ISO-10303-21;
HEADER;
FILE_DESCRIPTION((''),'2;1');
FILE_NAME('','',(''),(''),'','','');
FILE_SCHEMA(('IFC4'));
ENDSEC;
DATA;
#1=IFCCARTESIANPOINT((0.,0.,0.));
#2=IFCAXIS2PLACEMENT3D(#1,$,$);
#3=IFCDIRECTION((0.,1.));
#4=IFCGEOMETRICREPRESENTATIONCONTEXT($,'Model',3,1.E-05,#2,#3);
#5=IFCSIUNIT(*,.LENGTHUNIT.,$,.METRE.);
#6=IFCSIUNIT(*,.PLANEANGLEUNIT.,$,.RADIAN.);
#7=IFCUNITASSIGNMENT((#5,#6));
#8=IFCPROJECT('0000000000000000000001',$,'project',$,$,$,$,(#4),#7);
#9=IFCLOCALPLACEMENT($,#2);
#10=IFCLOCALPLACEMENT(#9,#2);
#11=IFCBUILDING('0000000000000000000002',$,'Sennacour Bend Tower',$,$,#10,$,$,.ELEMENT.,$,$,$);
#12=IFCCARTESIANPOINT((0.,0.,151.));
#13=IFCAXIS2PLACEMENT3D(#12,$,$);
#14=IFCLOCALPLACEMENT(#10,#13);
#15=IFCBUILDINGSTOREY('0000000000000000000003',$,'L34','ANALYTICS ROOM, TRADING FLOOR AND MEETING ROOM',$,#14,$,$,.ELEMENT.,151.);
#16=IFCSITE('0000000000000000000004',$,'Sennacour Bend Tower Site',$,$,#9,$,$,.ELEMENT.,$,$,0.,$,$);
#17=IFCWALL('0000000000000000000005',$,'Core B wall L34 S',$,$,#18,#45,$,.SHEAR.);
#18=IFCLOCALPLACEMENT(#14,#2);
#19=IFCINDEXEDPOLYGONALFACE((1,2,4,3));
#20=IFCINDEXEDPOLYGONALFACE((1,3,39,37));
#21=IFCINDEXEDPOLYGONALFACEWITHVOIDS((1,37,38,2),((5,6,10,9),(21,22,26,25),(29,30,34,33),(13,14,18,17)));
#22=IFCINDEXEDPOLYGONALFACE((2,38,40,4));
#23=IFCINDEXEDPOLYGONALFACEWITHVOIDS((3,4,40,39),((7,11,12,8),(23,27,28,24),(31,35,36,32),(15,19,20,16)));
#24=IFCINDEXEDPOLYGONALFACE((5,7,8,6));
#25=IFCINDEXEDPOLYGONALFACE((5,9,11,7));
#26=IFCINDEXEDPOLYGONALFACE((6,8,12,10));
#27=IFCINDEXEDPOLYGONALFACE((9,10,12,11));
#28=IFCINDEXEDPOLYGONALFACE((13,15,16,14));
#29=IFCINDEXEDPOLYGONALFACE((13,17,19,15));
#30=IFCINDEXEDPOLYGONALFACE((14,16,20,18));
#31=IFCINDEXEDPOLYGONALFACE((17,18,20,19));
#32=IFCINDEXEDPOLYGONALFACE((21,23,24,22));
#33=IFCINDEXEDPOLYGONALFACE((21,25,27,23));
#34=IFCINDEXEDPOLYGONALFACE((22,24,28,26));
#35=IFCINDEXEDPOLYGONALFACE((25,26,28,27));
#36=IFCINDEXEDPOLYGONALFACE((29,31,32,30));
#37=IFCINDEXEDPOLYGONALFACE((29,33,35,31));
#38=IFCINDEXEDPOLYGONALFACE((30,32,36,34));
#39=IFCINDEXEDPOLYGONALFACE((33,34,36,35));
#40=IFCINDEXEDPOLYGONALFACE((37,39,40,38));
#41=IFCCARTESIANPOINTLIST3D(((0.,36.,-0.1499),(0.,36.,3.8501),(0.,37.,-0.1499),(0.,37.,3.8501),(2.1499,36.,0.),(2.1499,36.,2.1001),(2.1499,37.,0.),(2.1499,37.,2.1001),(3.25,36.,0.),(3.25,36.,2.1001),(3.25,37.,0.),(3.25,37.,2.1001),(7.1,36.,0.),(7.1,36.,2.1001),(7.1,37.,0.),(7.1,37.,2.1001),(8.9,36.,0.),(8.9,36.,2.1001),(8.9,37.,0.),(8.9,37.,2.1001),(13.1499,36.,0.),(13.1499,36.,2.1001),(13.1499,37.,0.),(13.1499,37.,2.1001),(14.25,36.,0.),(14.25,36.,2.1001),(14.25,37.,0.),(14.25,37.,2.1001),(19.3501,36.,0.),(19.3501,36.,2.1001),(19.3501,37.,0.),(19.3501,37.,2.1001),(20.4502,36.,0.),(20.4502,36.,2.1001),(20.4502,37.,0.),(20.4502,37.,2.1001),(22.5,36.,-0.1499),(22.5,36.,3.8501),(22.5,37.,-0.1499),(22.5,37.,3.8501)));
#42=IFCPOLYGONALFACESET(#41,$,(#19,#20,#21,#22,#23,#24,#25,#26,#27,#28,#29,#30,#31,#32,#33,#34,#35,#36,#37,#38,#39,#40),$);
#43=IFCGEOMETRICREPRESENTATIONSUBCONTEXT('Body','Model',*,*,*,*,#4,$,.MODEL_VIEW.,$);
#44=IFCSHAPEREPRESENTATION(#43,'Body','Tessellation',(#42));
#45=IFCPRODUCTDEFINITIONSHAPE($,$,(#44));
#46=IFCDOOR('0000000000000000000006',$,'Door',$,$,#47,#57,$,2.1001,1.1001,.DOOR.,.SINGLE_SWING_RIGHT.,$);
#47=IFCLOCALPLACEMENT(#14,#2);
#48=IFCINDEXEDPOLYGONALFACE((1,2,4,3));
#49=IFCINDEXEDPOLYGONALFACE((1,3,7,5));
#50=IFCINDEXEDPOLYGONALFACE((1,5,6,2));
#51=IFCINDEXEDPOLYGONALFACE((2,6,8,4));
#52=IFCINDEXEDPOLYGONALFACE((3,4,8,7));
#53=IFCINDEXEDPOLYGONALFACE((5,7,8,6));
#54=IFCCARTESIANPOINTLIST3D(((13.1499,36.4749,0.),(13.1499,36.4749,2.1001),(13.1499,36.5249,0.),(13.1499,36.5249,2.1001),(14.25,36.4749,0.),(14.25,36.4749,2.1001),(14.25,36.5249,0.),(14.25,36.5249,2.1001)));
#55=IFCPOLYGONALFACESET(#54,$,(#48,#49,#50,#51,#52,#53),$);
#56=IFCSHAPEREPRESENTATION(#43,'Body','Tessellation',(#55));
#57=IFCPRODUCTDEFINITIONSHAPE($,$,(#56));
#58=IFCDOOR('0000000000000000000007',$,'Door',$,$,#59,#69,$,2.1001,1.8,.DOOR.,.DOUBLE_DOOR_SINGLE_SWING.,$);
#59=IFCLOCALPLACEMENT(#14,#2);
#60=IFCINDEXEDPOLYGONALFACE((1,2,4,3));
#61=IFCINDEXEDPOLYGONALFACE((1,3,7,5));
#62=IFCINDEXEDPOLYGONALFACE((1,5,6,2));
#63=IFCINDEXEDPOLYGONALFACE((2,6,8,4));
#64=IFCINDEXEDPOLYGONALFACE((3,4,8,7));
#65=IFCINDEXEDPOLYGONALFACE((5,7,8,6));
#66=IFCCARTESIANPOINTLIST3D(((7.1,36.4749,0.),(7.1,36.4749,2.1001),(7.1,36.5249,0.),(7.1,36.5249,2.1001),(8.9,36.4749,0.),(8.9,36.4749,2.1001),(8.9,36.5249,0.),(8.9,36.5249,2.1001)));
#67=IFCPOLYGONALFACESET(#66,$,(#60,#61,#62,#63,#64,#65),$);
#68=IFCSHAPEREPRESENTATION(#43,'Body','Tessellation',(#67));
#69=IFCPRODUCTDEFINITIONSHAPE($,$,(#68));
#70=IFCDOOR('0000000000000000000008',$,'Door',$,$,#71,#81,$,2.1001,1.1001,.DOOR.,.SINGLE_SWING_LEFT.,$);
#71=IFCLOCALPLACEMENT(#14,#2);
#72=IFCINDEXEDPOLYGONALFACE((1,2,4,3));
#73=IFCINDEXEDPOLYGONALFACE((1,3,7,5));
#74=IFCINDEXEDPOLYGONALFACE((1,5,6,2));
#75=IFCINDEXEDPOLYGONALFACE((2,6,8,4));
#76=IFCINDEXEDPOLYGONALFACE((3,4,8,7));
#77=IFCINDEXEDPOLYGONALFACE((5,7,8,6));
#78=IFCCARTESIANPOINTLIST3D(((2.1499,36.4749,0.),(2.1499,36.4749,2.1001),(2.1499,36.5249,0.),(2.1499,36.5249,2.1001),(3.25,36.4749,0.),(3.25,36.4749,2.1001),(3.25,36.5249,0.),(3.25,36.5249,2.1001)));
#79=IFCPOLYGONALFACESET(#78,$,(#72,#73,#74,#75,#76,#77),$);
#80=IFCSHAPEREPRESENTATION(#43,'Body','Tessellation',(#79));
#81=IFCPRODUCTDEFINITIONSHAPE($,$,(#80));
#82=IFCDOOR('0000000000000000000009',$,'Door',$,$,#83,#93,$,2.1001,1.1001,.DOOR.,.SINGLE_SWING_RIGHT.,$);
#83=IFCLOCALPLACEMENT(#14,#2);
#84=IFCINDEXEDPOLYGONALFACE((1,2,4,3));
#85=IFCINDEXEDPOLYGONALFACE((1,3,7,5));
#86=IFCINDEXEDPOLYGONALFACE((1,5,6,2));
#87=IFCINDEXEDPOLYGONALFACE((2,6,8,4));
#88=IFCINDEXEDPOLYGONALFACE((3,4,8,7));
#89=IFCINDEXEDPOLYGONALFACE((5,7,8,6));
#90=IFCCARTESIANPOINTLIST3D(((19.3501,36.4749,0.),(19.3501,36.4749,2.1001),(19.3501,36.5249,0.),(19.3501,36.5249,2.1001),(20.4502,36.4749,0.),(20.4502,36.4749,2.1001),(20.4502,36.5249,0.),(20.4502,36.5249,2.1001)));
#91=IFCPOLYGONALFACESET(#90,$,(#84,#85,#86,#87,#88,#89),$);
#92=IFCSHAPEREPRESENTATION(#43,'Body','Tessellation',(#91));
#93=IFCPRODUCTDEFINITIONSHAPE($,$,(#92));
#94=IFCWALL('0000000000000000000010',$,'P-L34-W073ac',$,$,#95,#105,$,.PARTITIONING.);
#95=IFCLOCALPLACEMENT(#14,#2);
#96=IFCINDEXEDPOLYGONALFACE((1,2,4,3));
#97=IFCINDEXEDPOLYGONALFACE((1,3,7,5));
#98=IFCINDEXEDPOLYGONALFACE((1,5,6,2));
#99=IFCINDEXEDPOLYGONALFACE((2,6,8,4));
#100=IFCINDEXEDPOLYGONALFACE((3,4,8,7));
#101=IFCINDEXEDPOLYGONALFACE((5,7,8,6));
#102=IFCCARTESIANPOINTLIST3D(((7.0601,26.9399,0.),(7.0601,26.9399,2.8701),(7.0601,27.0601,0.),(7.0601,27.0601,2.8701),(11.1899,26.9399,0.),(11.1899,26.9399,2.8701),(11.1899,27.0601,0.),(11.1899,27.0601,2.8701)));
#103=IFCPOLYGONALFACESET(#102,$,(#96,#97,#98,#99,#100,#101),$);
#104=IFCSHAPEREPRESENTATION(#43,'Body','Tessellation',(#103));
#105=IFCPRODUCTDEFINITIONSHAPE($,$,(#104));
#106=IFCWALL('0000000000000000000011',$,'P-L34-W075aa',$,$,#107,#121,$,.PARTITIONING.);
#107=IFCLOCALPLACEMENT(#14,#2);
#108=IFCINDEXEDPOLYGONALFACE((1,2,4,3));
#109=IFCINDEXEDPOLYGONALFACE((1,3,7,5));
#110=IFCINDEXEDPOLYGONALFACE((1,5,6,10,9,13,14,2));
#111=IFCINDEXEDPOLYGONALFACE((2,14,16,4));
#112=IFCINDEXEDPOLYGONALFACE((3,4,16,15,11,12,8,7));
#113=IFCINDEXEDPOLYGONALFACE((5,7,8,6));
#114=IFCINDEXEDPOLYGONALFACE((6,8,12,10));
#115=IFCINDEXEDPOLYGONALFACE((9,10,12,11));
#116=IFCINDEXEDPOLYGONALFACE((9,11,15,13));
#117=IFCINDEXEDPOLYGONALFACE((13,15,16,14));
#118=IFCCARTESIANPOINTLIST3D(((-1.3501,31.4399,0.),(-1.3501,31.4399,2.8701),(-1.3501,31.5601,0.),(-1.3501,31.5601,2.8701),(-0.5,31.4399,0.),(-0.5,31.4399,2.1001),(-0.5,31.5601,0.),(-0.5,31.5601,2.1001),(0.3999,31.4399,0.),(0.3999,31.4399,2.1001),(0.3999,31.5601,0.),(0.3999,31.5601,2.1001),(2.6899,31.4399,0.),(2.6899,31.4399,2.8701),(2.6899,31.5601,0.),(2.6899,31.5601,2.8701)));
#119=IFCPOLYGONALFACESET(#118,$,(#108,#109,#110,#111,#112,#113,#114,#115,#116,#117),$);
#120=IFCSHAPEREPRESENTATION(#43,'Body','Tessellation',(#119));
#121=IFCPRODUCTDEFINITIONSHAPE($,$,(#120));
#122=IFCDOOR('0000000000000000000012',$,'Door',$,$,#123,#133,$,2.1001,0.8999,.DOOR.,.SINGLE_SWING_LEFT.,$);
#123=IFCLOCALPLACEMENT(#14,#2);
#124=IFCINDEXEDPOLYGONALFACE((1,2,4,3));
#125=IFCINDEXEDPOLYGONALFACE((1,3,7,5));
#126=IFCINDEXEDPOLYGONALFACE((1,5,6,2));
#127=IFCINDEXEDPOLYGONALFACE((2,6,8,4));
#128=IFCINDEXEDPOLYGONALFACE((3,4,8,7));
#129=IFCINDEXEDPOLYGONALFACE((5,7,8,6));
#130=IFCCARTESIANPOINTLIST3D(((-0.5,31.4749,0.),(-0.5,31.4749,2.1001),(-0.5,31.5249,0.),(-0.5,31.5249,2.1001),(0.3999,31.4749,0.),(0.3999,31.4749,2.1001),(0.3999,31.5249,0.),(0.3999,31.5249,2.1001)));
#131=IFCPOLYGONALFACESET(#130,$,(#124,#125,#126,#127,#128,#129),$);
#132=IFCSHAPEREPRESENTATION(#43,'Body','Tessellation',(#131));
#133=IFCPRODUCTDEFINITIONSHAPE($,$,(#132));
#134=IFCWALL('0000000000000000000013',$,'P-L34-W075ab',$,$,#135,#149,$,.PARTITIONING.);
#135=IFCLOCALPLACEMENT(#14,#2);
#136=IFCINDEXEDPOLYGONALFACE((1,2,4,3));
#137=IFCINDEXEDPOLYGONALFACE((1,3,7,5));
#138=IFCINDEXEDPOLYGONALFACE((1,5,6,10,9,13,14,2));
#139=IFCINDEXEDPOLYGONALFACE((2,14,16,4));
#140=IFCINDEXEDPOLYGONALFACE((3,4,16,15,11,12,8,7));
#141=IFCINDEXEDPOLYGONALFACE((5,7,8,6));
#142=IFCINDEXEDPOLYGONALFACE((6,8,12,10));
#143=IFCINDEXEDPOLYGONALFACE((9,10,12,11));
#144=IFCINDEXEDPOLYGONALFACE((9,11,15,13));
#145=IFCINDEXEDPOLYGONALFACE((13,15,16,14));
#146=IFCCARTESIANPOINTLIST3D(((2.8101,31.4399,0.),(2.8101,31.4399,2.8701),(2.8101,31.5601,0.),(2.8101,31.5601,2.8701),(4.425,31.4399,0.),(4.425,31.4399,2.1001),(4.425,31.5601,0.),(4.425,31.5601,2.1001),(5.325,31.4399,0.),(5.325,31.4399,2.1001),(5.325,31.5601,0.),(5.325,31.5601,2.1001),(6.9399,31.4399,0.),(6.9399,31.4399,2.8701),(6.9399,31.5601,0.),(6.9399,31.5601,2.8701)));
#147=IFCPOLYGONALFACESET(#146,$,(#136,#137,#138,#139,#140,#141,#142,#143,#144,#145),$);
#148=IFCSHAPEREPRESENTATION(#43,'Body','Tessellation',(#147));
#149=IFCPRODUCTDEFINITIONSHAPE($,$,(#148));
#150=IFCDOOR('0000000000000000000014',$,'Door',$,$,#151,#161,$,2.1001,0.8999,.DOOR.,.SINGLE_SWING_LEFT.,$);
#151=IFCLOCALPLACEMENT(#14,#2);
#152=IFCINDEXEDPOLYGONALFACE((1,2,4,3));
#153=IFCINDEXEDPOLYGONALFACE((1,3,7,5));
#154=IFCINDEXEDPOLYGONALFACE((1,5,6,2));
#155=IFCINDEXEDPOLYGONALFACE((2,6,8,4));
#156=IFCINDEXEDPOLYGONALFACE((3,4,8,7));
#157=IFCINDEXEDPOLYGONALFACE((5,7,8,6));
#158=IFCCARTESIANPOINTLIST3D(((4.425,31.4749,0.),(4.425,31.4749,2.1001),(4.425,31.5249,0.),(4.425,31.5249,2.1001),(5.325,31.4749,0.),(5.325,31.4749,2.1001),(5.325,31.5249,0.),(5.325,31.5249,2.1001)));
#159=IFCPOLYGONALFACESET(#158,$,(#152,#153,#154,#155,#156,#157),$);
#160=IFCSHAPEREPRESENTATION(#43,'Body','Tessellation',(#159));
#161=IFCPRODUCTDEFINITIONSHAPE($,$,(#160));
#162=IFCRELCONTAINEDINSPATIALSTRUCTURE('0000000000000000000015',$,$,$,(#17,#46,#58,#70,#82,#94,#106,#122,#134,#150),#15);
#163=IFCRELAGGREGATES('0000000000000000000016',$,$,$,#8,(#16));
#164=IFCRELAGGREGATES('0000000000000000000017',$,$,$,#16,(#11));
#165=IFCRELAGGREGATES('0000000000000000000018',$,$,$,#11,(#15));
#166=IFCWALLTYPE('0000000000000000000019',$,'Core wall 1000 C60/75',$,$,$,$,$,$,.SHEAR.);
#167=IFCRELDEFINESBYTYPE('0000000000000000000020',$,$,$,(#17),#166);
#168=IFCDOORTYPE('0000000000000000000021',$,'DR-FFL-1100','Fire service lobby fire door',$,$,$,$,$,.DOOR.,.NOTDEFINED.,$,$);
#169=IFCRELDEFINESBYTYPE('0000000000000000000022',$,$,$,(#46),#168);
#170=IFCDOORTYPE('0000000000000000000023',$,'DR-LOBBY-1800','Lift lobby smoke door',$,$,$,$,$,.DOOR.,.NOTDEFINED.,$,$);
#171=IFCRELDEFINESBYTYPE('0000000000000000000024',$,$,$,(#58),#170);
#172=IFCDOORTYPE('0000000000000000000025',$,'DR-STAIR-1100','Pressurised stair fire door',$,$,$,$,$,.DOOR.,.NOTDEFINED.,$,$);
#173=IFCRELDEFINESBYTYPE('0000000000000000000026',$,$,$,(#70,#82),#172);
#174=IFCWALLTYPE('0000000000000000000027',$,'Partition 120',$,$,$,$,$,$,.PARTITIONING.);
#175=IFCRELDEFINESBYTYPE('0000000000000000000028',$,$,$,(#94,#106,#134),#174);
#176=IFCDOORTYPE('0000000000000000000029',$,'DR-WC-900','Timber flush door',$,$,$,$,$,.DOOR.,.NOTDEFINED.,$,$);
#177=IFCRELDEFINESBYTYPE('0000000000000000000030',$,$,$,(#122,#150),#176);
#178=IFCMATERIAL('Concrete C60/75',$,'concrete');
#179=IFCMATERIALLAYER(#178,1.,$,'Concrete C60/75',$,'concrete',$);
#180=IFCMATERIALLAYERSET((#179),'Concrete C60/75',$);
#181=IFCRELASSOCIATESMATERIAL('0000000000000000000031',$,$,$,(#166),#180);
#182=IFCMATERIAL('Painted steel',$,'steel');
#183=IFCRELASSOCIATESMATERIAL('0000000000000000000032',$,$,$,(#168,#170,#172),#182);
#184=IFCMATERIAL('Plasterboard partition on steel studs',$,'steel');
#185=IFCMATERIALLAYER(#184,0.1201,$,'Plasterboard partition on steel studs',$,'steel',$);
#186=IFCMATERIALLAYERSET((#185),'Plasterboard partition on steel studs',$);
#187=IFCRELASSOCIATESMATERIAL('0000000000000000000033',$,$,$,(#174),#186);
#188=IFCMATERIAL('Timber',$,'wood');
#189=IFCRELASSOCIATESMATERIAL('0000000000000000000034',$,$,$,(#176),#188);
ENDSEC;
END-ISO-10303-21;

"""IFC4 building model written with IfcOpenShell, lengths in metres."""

from ifc_helpers import new_model, si_unit, direction, frame, frame_2d, origin, place, context, subcontext, project, spatial, rectangle, extrude, material, layer, layer_set, type_object, element, fill, save


model = new_model("IFC4")

# Units and contexts
model_context = context("Model", 3, precision=1e-05, world=origin(), true_north=direction((0.0, 1.0)))
body_context = subcontext(model_context, "Body", "Model", "MODEL_VIEW")
ifc_project = project(units=[si_unit("LENGTHUNIT", "METRE"), si_unit("PLANEANGLEUNIT", "RADIAN")], contexts=[model_context])

# Site, building, storey
site_placement = place(None, origin())
site = spatial("IfcSite", under=ifc_project, at=site_placement, Name="Sennacour Bend Tower Site", CompositionType="ELEMENT", RefElevation=0.0)
building_placement = place(site_placement, origin())
building = spatial("IfcBuilding", under=site, at=building_placement, Name="Sennacour Bend Tower", CompositionType="ELEMENT")
storey_placement = place(building_placement, frame((0.0, 0.0, 151.0)))
storey = spatial("IfcBuildingStorey", under=building, at=storey_placement, Name="L34", Description="ANALYTICS ROOM, TRADING FLOOR AND MEETING ROOM", CompositionType="ELEMENT", Elevation=151.0)

# Wall, openings, doors
ifc_material_1 = material(Name="Concrete C60/75", Category="concrete")
ifc_layer_1 = layer(ifc_material_1, 1.0, Name="Concrete C60/75", Category="concrete")
ifc_layer_set_1 = layer_set([ifc_layer_1], Name="Concrete C60/75")
wall_type_1 = type_object("IfcWallType", Name="Core wall 1000 C60/75", PredefinedType="SHEAR", material=ifc_layer_set_1)
wall_1_placement = place(storey_placement, frame((0.0, 36.5, -0.1499), z_axis=(0.0, 0.0, 1.0), x_axis=(1.0, 0.0, 0.0)))
wall_1 = element("IfcWall", 1, at=wall_1_placement, inside=storey, type_object=wall_type_1, Name="Core B wall L34 S", PredefinedType="SHEAR", context=body_context, shape_type="SweptSolid", body=[
    extrude(rectangle(XDim=22.5, YDim=1.0, at=frame_2d((11.25, 0.0))), origin(), (0.0, 0.0, 1.0), 4.0),
])
opening_1_placement = place(wall_1_placement, frame((7.1001, 0.0, 0.1499)))
opening_1 = element("IfcOpeningElement", 2, at=opening_1_placement, cuts=wall_1, PredefinedType="OPENING", context=body_context, shape_type="SweptSolid", body=[
    extrude(rectangle(XDim=1.8, YDim=2.1001, at=frame_2d((0.8999, 1.05))), frame((0.0, 0.51, 0.0), z_axis=(0.0, -1.0, 0.0), x_axis=(1.0, 0.0, 0.0)), (0.0, 0.0, 1.0), 1.02),
])
opening_2_placement = place(wall_1_placement, frame((13.1499, 0.0, 0.1499)))
opening_2 = element("IfcOpeningElement", 3, at=opening_2_placement, cuts=wall_1, PredefinedType="OPENING", context=body_context, shape_type="SweptSolid", body=[
    extrude(rectangle(XDim=1.1001, YDim=2.1001, at=frame_2d((0.55, 1.05))), frame((0.0, 0.51, 0.0), z_axis=(0.0, -1.0, 0.0), x_axis=(1.0, 0.0, 0.0)), (0.0, 0.0, 1.0), 1.02),
])
opening_3_placement = place(wall_1_placement, frame((2.1499, 0.0, 0.1499)))
opening_3 = element("IfcOpeningElement", 4, at=opening_3_placement, cuts=wall_1, PredefinedType="OPENING", context=body_context, shape_type="SweptSolid", body=[
    extrude(rectangle(XDim=1.1001, YDim=2.1001, at=frame_2d((0.55, 1.05))), frame((0.0, 0.51, 0.0), z_axis=(0.0, -1.0, 0.0), x_axis=(1.0, 0.0, 0.0)), (0.0, 0.0, 1.0), 1.02),
])
opening_4_placement = place(wall_1_placement, frame((19.3501, 0.0, 0.1499)))
opening_4 = element("IfcOpeningElement", 5, at=opening_4_placement, cuts=wall_1, PredefinedType="OPENING", context=body_context, shape_type="SweptSolid", body=[
    extrude(rectangle(XDim=1.1001, YDim=2.1001, at=frame_2d((0.55, 1.05))), frame((0.0, 0.51, 0.0), z_axis=(0.0, -1.0, 0.0), x_axis=(1.0, 0.0, 0.0)), (0.0, 0.0, 1.0), 1.02),
])
ifc_material_2 = material(Name="Painted steel", Category="steel")
door_type_1 = type_object("IfcDoorType", Name="DR-FFL-1100", Description="Fire service lobby fire door", OperationType="NOTDEFINED", PredefinedType="DOOR", material=ifc_material_2)
door_1_placement = place(opening_2_placement, origin())
door_1 = element("IfcDoor", 6, at=door_1_placement, inside=storey, type_object=door_type_1, Name="Door", OperationType="SINGLE_SWING_RIGHT", OverallHeight=2.1001, OverallWidth=1.1001, PredefinedType="DOOR", context=body_context, shape_type="SweptSolid", body=[
    extrude(rectangle(XDim=1.1001, YDim=2.1001, at=frame_2d((0.55, 1.05))), frame((0.0, 0.0249, 0.0), z_axis=(0.0, -1.0, 0.0), x_axis=(1.0, 0.0, 0.0)), (0.0, 0.0, 1.0), 0.05),
])
fill(opening_2, door_1)
door_type_2 = type_object("IfcDoorType", Name="DR-LOBBY-1800", Description="Lift lobby smoke door", OperationType="NOTDEFINED", PredefinedType="DOOR", material=ifc_material_2)
door_2_placement = place(opening_1_placement, origin())
door_2 = element("IfcDoor", 7, at=door_2_placement, inside=storey, type_object=door_type_2, Name="Door", OperationType="DOUBLE_DOOR_SINGLE_SWING", OverallHeight=2.1001, OverallWidth=1.8, PredefinedType="DOOR", context=body_context, shape_type="SweptSolid", body=[
    extrude(rectangle(XDim=1.8, YDim=2.1001, at=frame_2d((0.8999, 1.05))), frame((0.0, 0.0249, 0.0), z_axis=(0.0, -1.0, 0.0), x_axis=(1.0, 0.0, 0.0)), (0.0, 0.0, 1.0), 0.05),
])
fill(opening_1, door_2)
door_type_3 = type_object("IfcDoorType", Name="DR-STAIR-1100", Description="Pressurised stair fire door", OperationType="NOTDEFINED", PredefinedType="DOOR", material=ifc_material_2)
door_3_placement = place(opening_3_placement, origin())
door_3 = element("IfcDoor", 8, at=door_3_placement, inside=storey, type_object=door_type_3, Name="Door", OperationType="SINGLE_SWING_LEFT", OverallHeight=2.1001, OverallWidth=1.1001, PredefinedType="DOOR", context=body_context, shape_type="SweptSolid", body=[
    extrude(rectangle(XDim=1.1001, YDim=2.1001, at=frame_2d((0.55, 1.05))), frame((0.0, 0.0249, 0.0), z_axis=(0.0, -1.0, 0.0), x_axis=(1.0, 0.0, 0.0)), (0.0, 0.0, 1.0), 0.05),
])
fill(opening_3, door_3)
door_4_placement = place(opening_4_placement, origin())
door_4 = element("IfcDoor", 9, at=door_4_placement, inside=storey, type_object=door_type_3, Name="Door", OperationType="SINGLE_SWING_RIGHT", OverallHeight=2.1001, OverallWidth=1.1001, PredefinedType="DOOR", context=body_context, shape_type="SweptSolid", body=[
    extrude(rectangle(XDim=1.1001, YDim=2.1001, at=frame_2d((0.55, 1.05))), frame((0.0, 0.0249, 0.0), z_axis=(0.0, -1.0, 0.0), x_axis=(1.0, 0.0, 0.0)), (0.0, 0.0, 1.0), 0.05),
])
fill(opening_4, door_4)

# Wall
ifc_material_3 = material(Name="Plasterboard partition on steel studs", Category="steel")
ifc_layer_2 = layer(ifc_material_3, 0.1201, Name="Plasterboard partition on steel studs", Category="steel")
ifc_layer_set_2 = layer_set([ifc_layer_2], Name="Plasterboard partition on steel studs")
wall_type_2 = type_object("IfcWallType", Name="Partition 120", PredefinedType="PARTITIONING", material=ifc_layer_set_2)
wall_2_placement = place(storey_placement, frame((7.0601, 27.0, 0.0), z_axis=(0.0, 0.0, 1.0), x_axis=(1.0, 0.0, 0.0)))
element("IfcWall", 10, at=wall_2_placement, inside=storey, type_object=wall_type_2, Name="P-L34-W073ac", PredefinedType="PARTITIONING", context=body_context, shape_type="SweptSolid", body=[
    extrude(rectangle(XDim=4.1299, YDim=0.1201, at=frame_2d((2.0649, 0.0))), origin(), (0.0, 0.0, 1.0), 2.8701),
])

# Walls, openings, doors
wall_3_placement = place(storey_placement, frame((-1.3501, 31.5, 0.0), z_axis=(0.0, 0.0, 1.0), x_axis=(1.0, 0.0, 0.0)))
wall_3 = element("IfcWall", 11, at=wall_3_placement, inside=storey, type_object=wall_type_2, Name="P-L34-W075aa", PredefinedType="PARTITIONING", context=body_context, shape_type="SweptSolid", body=[
    extrude(rectangle(XDim=4.04, YDim=0.1201, at=frame_2d((2.02, 0.0))), origin(), (0.0, 0.0, 1.0), 2.8701),
])
opening_5_placement = place(wall_3_placement, frame((0.8501, 0.0, 0.0)))
opening_5 = element("IfcOpeningElement", 12, at=opening_5_placement, cuts=wall_3, PredefinedType="OPENING", context=body_context, shape_type="SweptSolid", body=[
    extrude(rectangle(XDim=0.8999, YDim=2.1001, at=frame_2d((0.45, 1.05))), frame((0.0, 0.0701, 0.0), z_axis=(0.0, -1.0, 0.0), x_axis=(1.0, 0.0, 0.0)), (0.0, 0.0, 1.0), 0.1401),
])
ifc_material_4 = material(Name="Timber", Category="wood")
door_type_4 = type_object("IfcDoorType", Name="DR-WC-900", Description="Timber flush door", OperationType="NOTDEFINED", PredefinedType="DOOR", material=ifc_material_4)
door_5_placement = place(opening_5_placement, origin())
door_5 = element("IfcDoor", 13, at=door_5_placement, inside=storey, type_object=door_type_4, Name="Door", OperationType="SINGLE_SWING_LEFT", OverallHeight=2.1001, OverallWidth=0.8999, PredefinedType="DOOR", context=body_context, shape_type="SweptSolid", body=[
    extrude(rectangle(XDim=0.8999, YDim=2.1001, at=frame_2d((0.45, 1.05))), frame((0.0, 0.0249, 0.0), z_axis=(0.0, -1.0, 0.0), x_axis=(1.0, 0.0, 0.0)), (0.0, 0.0, 1.0), 0.05),
])
fill(opening_5, door_5)
wall_4_placement = place(storey_placement, frame((2.8101, 31.5, 0.0), z_axis=(0.0, 0.0, 1.0), x_axis=(1.0, 0.0, 0.0)))
wall_4 = element("IfcWall", 14, at=wall_4_placement, inside=storey, type_object=wall_type_2, Name="P-L34-W075ab", PredefinedType="PARTITIONING", context=body_context, shape_type="SweptSolid", body=[
    extrude(rectangle(XDim=4.1299, YDim=0.1201, at=frame_2d((2.0649, 0.0))), origin(), (0.0, 0.0, 1.0), 2.8701),
])
opening_6_placement = place(wall_4_placement, frame((1.615, 0.0, 0.0)))
opening_6 = element("IfcOpeningElement", 15, at=opening_6_placement, cuts=wall_4, PredefinedType="OPENING", context=body_context, shape_type="SweptSolid", body=[
    extrude(rectangle(XDim=0.8999, YDim=2.1001, at=frame_2d((0.45, 1.05))), frame((0.0, 0.0701, 0.0), z_axis=(0.0, -1.0, 0.0), x_axis=(1.0, 0.0, 0.0)), (0.0, 0.0, 1.0), 0.1401),
])
door_6_placement = place(opening_6_placement, origin())
door_6 = element("IfcDoor", 16, at=door_6_placement, inside=storey, type_object=door_type_4, Name="Door", OperationType="SINGLE_SWING_LEFT", OverallHeight=2.1001, OverallWidth=0.8999, PredefinedType="DOOR", context=body_context, shape_type="SweptSolid", body=[
    extrude(rectangle(XDim=0.8999, YDim=2.1001, at=frame_2d((0.45, 1.05))), frame((0.0, 0.0249, 0.0), z_axis=(0.0, -1.0, 0.0), x_axis=(1.0, 0.0, 0.0)), (0.0, 0.0, 1.0), 0.05),
])
fill(opening_6, door_6)

save(model, "model.ifc")
